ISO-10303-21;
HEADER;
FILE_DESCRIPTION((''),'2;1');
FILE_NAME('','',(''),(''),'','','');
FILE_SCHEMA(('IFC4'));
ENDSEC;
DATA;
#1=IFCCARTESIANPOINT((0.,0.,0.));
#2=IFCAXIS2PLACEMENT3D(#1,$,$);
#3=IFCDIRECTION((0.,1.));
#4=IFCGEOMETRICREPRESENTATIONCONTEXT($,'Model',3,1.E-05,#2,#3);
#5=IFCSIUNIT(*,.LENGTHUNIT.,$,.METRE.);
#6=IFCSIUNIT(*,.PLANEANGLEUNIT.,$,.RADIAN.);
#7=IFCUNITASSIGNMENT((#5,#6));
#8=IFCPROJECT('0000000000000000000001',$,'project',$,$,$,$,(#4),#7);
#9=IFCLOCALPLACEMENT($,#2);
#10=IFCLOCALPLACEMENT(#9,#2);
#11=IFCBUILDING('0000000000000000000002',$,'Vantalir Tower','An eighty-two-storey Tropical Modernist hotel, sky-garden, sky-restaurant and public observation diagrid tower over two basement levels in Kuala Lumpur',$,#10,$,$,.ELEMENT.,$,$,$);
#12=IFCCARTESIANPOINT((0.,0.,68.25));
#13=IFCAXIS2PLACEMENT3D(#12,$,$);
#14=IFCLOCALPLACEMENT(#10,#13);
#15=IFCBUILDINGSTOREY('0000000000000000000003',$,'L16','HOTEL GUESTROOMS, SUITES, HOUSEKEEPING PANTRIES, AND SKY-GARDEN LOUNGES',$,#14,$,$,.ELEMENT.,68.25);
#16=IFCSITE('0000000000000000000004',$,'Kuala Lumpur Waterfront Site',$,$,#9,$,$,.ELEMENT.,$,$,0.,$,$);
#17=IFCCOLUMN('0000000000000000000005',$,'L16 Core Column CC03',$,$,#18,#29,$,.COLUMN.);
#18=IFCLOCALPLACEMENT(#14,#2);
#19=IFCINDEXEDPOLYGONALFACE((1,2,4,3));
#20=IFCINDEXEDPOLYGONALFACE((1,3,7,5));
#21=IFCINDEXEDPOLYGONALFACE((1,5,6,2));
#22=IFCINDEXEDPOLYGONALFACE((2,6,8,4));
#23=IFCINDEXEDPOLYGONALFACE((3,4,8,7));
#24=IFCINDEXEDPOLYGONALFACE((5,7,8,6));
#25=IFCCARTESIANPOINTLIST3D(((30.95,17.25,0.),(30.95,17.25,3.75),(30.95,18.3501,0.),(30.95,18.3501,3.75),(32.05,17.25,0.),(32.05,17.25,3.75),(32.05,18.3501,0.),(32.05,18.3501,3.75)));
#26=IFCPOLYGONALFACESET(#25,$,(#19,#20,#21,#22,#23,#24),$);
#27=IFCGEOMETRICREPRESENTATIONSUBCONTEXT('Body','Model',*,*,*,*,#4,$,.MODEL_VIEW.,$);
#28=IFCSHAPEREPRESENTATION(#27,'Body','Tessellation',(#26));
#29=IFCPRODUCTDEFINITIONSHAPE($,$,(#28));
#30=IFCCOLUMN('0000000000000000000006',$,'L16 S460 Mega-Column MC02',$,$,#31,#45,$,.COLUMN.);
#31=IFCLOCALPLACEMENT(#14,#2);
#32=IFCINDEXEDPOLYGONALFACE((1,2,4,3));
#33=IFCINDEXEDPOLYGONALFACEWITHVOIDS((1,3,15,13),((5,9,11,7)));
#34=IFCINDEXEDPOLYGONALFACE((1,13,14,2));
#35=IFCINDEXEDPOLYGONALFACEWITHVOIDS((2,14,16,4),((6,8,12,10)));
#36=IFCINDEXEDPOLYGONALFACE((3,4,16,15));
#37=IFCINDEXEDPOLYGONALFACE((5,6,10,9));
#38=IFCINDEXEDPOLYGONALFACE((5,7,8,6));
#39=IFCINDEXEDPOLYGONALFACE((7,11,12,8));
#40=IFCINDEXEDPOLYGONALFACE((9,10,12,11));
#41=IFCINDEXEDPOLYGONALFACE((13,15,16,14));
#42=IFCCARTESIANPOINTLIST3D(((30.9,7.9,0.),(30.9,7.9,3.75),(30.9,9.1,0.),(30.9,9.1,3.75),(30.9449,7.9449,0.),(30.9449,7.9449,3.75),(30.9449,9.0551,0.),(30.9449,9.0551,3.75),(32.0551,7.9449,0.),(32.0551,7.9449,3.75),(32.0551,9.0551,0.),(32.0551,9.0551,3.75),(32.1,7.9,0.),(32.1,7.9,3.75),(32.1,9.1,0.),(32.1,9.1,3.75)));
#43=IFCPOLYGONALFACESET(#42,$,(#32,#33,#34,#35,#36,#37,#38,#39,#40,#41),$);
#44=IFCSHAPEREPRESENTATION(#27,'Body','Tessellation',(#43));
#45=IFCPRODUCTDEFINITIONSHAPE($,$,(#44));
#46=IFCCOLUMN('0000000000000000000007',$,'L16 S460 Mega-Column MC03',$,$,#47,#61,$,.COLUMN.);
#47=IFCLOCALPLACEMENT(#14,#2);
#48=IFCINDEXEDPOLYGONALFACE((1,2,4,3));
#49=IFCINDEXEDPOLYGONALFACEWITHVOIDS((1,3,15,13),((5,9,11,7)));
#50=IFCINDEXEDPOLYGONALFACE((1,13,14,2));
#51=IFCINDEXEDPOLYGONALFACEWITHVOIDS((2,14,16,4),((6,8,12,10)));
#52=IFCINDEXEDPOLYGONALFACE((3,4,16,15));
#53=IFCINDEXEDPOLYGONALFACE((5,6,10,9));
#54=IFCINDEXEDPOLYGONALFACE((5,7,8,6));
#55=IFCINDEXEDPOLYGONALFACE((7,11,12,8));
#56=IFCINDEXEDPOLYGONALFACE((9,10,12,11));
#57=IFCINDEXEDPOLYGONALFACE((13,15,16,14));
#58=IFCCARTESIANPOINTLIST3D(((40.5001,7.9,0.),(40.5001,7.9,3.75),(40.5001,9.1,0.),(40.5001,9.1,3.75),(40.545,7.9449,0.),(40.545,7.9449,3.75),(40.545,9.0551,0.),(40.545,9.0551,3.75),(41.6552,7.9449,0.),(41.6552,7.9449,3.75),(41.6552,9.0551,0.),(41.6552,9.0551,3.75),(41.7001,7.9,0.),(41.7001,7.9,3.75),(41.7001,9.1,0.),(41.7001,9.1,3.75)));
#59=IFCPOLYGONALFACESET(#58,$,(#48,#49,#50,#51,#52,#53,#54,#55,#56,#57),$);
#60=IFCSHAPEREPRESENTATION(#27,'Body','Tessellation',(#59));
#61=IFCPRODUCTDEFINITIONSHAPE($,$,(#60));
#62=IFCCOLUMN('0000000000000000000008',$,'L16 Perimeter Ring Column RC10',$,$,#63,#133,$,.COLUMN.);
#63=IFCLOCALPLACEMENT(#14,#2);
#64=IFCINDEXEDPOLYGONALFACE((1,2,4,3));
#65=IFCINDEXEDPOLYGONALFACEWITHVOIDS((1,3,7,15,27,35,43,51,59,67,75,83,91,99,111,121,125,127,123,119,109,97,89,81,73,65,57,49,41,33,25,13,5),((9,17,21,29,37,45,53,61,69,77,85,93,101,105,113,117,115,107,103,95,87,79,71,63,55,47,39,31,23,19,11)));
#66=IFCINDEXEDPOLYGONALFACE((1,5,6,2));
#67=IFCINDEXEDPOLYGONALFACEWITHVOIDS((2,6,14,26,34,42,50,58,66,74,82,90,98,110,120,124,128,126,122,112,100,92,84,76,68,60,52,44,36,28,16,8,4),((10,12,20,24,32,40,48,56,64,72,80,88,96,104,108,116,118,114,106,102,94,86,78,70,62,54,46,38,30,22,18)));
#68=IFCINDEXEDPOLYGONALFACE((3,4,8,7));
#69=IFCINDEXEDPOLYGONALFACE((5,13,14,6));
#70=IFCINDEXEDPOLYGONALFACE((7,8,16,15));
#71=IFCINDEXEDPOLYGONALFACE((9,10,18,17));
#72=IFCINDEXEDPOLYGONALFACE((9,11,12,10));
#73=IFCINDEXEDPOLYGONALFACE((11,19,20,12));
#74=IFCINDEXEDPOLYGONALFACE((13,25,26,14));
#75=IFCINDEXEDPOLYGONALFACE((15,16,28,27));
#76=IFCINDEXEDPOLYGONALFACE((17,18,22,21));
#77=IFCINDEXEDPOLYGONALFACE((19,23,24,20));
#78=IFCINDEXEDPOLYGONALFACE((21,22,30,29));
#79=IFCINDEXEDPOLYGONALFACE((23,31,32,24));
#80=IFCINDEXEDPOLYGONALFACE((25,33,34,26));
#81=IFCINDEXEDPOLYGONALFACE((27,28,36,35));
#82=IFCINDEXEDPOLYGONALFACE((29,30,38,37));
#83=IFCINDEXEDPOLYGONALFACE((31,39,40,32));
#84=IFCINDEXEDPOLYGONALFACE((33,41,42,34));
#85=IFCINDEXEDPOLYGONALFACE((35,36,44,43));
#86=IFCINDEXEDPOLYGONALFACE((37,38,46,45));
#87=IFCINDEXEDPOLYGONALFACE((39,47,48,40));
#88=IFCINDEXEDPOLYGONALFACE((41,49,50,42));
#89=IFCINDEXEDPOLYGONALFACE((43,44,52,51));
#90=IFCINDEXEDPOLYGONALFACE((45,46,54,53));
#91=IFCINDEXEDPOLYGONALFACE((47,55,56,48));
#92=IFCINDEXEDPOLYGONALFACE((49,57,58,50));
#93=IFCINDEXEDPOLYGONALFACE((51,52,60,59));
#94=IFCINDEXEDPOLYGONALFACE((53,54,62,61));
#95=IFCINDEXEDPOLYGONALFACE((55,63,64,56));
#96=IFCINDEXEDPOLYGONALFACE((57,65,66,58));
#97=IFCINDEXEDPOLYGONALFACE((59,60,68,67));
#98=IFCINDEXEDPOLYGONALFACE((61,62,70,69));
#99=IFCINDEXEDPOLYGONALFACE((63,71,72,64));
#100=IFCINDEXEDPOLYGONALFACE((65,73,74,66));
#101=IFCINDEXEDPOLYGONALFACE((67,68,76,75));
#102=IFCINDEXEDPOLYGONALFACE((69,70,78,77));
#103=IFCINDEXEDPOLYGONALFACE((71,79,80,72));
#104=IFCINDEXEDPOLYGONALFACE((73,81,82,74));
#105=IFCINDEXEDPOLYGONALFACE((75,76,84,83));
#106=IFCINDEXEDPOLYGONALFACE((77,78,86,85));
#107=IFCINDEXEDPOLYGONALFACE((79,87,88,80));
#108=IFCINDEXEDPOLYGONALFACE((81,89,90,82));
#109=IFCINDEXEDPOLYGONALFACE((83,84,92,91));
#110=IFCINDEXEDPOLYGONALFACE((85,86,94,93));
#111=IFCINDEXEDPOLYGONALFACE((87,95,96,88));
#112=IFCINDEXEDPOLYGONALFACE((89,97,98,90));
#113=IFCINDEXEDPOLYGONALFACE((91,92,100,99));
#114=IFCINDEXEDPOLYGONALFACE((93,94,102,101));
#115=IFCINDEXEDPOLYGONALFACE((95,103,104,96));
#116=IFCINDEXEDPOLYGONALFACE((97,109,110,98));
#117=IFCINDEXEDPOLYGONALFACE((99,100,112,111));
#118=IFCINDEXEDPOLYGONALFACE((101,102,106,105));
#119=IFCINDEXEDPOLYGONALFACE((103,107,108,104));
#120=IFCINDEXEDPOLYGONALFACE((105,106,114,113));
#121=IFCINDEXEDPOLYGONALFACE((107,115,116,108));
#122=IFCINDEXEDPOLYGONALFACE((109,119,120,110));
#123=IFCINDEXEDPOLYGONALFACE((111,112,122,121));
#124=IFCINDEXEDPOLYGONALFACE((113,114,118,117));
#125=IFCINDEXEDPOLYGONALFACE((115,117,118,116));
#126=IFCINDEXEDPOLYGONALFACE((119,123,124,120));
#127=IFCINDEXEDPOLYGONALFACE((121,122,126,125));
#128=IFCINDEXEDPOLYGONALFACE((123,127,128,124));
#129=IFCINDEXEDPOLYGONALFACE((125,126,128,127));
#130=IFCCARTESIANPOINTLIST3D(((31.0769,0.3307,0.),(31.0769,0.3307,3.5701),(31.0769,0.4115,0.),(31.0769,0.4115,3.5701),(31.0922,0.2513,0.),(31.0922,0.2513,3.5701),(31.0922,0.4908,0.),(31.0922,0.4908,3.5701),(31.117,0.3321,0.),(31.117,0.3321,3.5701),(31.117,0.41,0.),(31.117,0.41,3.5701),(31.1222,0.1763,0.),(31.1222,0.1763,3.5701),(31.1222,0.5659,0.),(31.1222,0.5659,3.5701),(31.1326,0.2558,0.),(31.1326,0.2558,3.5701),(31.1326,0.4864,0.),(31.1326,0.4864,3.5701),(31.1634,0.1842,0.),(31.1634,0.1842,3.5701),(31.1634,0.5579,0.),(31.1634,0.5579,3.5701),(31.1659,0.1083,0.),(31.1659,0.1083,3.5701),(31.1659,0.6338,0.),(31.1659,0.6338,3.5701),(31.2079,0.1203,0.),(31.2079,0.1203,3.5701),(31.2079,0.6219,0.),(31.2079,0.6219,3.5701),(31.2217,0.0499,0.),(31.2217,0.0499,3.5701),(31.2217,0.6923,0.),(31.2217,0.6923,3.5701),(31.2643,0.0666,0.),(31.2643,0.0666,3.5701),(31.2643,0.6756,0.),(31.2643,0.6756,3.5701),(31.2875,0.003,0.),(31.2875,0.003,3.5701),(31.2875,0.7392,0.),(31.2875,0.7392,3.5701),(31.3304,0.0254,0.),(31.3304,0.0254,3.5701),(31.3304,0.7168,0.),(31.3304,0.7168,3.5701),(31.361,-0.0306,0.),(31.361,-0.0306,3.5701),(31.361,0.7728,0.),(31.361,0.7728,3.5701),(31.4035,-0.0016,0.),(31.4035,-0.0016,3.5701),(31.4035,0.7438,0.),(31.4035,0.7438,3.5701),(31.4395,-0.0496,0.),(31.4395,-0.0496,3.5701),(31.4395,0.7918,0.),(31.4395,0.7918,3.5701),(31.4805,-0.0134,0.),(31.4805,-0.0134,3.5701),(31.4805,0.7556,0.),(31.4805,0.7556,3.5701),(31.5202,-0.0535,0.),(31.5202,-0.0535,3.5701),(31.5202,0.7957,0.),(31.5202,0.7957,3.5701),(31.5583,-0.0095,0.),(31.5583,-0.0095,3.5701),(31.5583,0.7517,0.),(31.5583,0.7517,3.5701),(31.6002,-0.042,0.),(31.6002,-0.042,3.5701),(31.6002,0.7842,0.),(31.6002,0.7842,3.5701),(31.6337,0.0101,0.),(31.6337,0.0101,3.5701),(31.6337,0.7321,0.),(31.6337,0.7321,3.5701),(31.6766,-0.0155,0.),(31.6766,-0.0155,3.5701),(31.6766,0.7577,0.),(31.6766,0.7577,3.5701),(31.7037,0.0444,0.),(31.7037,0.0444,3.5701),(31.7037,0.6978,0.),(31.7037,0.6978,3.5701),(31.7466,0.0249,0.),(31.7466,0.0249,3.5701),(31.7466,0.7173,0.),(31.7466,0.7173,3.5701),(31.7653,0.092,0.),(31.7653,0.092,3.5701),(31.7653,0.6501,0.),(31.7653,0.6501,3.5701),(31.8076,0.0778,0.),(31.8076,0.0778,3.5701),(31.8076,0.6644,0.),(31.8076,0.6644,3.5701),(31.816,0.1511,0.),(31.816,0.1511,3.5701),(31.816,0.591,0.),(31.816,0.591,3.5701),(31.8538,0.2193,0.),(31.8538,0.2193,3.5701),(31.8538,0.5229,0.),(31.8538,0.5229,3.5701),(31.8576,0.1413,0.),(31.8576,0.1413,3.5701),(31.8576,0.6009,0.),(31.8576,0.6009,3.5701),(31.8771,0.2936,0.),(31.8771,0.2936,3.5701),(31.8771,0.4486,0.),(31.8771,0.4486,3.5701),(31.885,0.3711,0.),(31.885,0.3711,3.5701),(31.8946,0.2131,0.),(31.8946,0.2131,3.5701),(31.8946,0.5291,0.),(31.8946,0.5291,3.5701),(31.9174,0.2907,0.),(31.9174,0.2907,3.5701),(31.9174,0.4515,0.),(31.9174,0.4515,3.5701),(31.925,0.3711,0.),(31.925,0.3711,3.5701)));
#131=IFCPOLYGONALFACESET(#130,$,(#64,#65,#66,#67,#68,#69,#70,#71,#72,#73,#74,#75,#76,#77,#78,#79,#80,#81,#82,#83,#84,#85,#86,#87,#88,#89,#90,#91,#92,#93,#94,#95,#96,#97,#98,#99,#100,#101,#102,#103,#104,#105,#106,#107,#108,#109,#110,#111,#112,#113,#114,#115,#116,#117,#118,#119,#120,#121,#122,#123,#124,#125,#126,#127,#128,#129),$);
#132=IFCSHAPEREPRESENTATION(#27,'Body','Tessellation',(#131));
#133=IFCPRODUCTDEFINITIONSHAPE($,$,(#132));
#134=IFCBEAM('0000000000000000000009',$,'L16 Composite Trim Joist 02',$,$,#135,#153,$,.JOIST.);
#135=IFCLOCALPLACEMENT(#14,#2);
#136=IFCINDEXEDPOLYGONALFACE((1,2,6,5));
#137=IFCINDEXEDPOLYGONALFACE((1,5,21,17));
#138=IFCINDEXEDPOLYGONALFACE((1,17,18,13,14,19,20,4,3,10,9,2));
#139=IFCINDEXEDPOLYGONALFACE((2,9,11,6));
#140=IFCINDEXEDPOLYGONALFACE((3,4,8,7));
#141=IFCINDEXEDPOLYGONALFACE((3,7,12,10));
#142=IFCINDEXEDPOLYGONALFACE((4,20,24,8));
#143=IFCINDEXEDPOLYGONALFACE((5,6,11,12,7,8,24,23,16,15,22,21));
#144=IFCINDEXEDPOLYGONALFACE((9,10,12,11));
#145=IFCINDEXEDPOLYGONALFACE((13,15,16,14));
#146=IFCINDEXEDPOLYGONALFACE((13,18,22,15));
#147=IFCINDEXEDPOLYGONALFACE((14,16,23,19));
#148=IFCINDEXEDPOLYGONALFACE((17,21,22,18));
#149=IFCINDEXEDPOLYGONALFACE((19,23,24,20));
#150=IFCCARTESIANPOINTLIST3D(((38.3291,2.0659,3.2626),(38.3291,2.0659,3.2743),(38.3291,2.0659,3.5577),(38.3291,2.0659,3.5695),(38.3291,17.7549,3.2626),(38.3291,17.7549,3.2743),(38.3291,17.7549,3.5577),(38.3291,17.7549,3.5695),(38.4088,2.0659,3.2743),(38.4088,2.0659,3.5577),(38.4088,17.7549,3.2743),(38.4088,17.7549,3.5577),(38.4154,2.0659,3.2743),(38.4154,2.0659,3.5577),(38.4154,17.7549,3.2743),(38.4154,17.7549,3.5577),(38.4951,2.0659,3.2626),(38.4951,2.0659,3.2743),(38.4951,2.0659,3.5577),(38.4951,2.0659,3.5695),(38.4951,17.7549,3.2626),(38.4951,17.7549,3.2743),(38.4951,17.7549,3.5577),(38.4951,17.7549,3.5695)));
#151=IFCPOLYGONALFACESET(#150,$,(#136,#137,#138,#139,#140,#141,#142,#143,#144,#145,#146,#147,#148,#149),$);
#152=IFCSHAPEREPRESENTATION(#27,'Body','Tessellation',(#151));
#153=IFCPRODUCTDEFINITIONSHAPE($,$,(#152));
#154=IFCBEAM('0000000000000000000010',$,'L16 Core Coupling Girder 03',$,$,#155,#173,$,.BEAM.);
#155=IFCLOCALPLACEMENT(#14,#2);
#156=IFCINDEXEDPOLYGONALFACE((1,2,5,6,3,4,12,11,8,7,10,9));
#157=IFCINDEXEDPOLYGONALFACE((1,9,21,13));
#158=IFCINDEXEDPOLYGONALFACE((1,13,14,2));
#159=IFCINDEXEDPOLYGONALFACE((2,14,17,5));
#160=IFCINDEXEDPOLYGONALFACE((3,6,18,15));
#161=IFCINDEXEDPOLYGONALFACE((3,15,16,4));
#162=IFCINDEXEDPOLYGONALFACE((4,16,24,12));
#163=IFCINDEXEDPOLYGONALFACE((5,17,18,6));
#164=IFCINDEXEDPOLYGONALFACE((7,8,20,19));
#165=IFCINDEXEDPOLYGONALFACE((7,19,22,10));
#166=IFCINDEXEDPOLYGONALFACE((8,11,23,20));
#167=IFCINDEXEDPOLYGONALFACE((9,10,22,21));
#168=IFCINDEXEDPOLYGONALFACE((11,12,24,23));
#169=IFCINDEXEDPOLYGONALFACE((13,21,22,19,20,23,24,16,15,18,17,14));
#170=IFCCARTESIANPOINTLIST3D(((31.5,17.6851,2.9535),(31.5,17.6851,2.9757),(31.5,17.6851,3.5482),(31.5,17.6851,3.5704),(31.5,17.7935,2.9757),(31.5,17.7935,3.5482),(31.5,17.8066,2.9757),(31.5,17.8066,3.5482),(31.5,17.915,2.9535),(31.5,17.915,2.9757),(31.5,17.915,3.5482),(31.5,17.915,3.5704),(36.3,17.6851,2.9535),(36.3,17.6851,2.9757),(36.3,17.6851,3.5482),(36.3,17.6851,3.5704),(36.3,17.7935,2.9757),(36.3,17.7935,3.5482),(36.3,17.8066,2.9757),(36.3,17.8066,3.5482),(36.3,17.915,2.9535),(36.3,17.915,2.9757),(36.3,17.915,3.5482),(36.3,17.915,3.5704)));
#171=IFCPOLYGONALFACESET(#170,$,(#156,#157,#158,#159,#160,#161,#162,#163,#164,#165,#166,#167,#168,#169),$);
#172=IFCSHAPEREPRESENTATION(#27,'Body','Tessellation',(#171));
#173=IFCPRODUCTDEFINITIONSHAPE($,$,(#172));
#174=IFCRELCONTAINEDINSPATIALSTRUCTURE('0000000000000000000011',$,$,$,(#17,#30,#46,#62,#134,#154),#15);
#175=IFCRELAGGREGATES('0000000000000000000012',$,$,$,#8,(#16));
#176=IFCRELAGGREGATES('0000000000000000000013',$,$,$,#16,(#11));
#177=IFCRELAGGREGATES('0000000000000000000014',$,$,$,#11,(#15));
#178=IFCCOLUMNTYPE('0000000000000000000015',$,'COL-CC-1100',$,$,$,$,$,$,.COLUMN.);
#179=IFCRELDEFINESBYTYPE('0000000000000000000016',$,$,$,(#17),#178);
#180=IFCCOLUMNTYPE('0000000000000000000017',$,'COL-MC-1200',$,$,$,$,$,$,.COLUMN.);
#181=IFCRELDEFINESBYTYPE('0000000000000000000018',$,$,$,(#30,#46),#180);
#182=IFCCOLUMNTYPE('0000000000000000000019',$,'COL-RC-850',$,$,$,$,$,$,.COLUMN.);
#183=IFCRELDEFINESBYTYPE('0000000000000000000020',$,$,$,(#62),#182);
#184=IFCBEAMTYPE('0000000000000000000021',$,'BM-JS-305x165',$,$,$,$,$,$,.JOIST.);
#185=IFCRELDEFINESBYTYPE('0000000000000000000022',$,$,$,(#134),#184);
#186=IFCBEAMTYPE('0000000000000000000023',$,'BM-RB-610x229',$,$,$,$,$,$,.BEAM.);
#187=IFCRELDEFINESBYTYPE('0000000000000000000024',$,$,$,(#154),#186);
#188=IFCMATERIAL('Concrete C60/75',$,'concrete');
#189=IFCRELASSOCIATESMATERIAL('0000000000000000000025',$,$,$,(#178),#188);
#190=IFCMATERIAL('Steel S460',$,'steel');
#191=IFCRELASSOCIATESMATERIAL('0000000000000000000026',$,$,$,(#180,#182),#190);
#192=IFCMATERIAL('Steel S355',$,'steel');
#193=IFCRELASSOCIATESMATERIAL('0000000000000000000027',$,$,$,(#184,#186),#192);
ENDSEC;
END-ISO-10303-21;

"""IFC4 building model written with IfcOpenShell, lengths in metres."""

from ifc_helpers import new_model, si_unit, direction, frame, origin, origin_2d, place, context, subcontext, project, spatial, rectangle, hollow_rectangle, hollow_circle, i_section, extrude, material, material_profile, profile_set, type_object, element, save


model = new_model("IFC4")

# Units and contexts
model_context = context("Model", 3, precision=1e-05, world=origin(), true_north=direction((0.0, 1.0)))
body_context = subcontext(model_context, "Body", "Model", "MODEL_VIEW")
ifc_project = project(units=[si_unit("LENGTHUNIT", "METRE"), si_unit("PLANEANGLEUNIT", "RADIAN")], contexts=[model_context])

# Site, building, storey
site_placement = place(None, origin())
site = spatial("IfcSite", under=ifc_project, at=site_placement, Name="Kuala Lumpur Waterfront Site", CompositionType="ELEMENT", RefElevation=0.0)
building_placement = place(site_placement, origin())
building = spatial("IfcBuilding", under=site, at=building_placement, Name="Vantalir Tower", Description="An eighty-two-storey Tropical Modernist hotel, sky-garden, sky-restaurant and public observation diagrid tower over two basement levels in Kuala Lumpur", CompositionType="ELEMENT")
storey_placement = place(building_placement, frame((0.0, 0.0, 68.25)))
storey = spatial("IfcBuildingStorey", under=building, at=storey_placement, Name="L16", Description="HOTEL GUESTROOMS, SUITES, HOUSEKEEPING PANTRIES, AND SKY-GARDEN LOUNGES", CompositionType="ELEMENT", Elevation=68.25)

# Columns
ifc_material_1 = material(Name="Concrete C60/75", Category="concrete")
ifc_material_profile_1 = material_profile(ifc_material_1, rectangle(XDim=1.1001, YDim=1.1001, at=origin_2d()), Name="Concrete C60/75")
ifc_profile_set_1 = profile_set([ifc_material_profile_1], Name="Concrete C60/75")
column_type_1 = type_object("IfcColumnType", Name="COL-CC-1100", PredefinedType="COLUMN", material=ifc_profile_set_1)
column_1_placement = place(storey_placement, frame((31.5, 17.8, 0.0), z_axis=(0.0, 0.0, 1.0), x_axis=(1.0, 0.0, 0.0)))
element("IfcColumn", 1, at=column_1_placement, inside=storey, type_object=column_type_1, Name="L16 Core Column CC03", PredefinedType="COLUMN", context=body_context, shape_type="SweptSolid", body=[
    extrude(rectangle(XDim=1.1001, YDim=1.1001, at=origin_2d()), origin(), (0.0, 0.0, 1.0), 3.75),
])
ifc_material_2 = material(Name="Steel S460", Category="steel")
ifc_material_profile_2 = material_profile(ifc_material_2, hollow_rectangle(XDim=1.2, YDim=1.2, WallThickness=0.0449, at=origin_2d()), Name="Steel S460")
ifc_profile_set_2 = profile_set([ifc_material_profile_2], Name="Steel S460")
column_type_2 = type_object("IfcColumnType", Name="COL-MC-1200", PredefinedType="COLUMN", material=ifc_profile_set_2)
for number, where, z_axis, x_axis, name in (
    (2, (31.5, 8.5, 0.0), (0.0, 0.0, 1.0), (1.0, 0.0, 0.0), "L16 S460 Mega-Column MC02"),
    (3, (41.1001, 8.5, 0.0), (0.0, 0.0, 1.0), (1.0, 0.0, 0.0), "L16 S460 Mega-Column MC03"),
):
    element("IfcColumn", number, at=place(storey_placement, frame(where, z_axis=z_axis, x_axis=x_axis)), inside=storey, type_object=column_type_2, Name=name, PredefinedType="COLUMN", context=body_context, shape_type="SweptSolid", body=[
        extrude(hollow_rectangle(XDim=1.2, YDim=1.2, WallThickness=0.0449, at=origin_2d()), origin(), (0.0, 0.0, 1.0), 3.75),
    ])
ifc_material_profile_3 = material_profile(ifc_material_2, hollow_circle(Radius=0.425, WallThickness=0.04, at=origin_2d()), Name="Steel S460")
ifc_profile_set_3 = profile_set([ifc_material_profile_3], Name="Steel S460")
column_type_3 = type_object("IfcColumnType", Name="COL-RC-850", PredefinedType="COLUMN", material=ifc_profile_set_3)
column_2_placement = place(storey_placement, frame((31.5, 0.3711, 0.0), z_axis=(0.0, 0.0, 1.0), x_axis=(1.0, 0.0, 0.0)))
element("IfcColumn", 4, at=column_2_placement, inside=storey, type_object=column_type_3, Name="L16 Perimeter Ring Column RC10", PredefinedType="COLUMN", context=body_context, shape_type="SweptSolid", body=[
    extrude(hollow_circle(Radius=0.425, WallThickness=0.04, at=origin_2d()), origin(), (0.0, 0.0, 1.0), 3.5701),
])

# Beams
ifc_material_3 = material(Name="Steel S355", Category="steel")
ifc_material_profile_4 = material_profile(ifc_material_3, i_section(OverallWidth=0.166, OverallDepth=0.3069, WebThickness=0.0066, FlangeThickness=0.0117, at=origin_2d()), Name="Steel S355")
ifc_profile_set_4 = profile_set([ifc_material_profile_4], Name="Steel S355")
beam_type_1 = type_object("IfcBeamType", Name="BM-JS-305x165", PredefinedType="JOIST", material=ifc_profile_set_4)
beam_1_placement = place(storey_placement, frame((38.4121, 2.0659, 3.416), z_axis=(0.0, 1.0, 0.0), x_axis=(-1.0, 0.0, 0.0)))
element("IfcBeam", 5, at=beam_1_placement, inside=storey, type_object=beam_type_1, Name="L16 Composite Trim Joist 02", PredefinedType="JOIST", context=body_context, shape_type="SweptSolid", body=[
    extrude(i_section(OverallWidth=0.166, OverallDepth=0.3069, WebThickness=0.0066, FlangeThickness=0.0117, at=origin_2d()), origin(), (0.0, 0.0, 1.0), 15.689),
])
ifc_material_profile_5 = material_profile(ifc_material_3, i_section(OverallWidth=0.23, OverallDepth=0.6169, WebThickness=0.0132, FlangeThickness=0.0222, at=origin_2d()), Name="Steel S355")
ifc_profile_set_5 = profile_set([ifc_material_profile_5], Name="Steel S355")
beam_type_2 = type_object("IfcBeamType", Name="BM-RB-610x229", PredefinedType="BEAM", material=ifc_profile_set_5)
beam_2_placement = place(storey_placement, frame((31.5, 17.8, 3.262), z_axis=(1.0, 0.0, 0.0), x_axis=(0.0, 1.0, 0.0)))
element("IfcBeam", 6, at=beam_2_placement, inside=storey, type_object=beam_type_2, Name="L16 Core Coupling Girder 03", PredefinedType="BEAM", context=body_context, shape_type="SweptSolid", body=[
    extrude(i_section(OverallWidth=0.23, OverallDepth=0.6169, WebThickness=0.0132, FlangeThickness=0.0222, at=origin_2d()), origin(), (0.0, 0.0, 1.0), 4.8),
])

save(model, "model.ifc")
